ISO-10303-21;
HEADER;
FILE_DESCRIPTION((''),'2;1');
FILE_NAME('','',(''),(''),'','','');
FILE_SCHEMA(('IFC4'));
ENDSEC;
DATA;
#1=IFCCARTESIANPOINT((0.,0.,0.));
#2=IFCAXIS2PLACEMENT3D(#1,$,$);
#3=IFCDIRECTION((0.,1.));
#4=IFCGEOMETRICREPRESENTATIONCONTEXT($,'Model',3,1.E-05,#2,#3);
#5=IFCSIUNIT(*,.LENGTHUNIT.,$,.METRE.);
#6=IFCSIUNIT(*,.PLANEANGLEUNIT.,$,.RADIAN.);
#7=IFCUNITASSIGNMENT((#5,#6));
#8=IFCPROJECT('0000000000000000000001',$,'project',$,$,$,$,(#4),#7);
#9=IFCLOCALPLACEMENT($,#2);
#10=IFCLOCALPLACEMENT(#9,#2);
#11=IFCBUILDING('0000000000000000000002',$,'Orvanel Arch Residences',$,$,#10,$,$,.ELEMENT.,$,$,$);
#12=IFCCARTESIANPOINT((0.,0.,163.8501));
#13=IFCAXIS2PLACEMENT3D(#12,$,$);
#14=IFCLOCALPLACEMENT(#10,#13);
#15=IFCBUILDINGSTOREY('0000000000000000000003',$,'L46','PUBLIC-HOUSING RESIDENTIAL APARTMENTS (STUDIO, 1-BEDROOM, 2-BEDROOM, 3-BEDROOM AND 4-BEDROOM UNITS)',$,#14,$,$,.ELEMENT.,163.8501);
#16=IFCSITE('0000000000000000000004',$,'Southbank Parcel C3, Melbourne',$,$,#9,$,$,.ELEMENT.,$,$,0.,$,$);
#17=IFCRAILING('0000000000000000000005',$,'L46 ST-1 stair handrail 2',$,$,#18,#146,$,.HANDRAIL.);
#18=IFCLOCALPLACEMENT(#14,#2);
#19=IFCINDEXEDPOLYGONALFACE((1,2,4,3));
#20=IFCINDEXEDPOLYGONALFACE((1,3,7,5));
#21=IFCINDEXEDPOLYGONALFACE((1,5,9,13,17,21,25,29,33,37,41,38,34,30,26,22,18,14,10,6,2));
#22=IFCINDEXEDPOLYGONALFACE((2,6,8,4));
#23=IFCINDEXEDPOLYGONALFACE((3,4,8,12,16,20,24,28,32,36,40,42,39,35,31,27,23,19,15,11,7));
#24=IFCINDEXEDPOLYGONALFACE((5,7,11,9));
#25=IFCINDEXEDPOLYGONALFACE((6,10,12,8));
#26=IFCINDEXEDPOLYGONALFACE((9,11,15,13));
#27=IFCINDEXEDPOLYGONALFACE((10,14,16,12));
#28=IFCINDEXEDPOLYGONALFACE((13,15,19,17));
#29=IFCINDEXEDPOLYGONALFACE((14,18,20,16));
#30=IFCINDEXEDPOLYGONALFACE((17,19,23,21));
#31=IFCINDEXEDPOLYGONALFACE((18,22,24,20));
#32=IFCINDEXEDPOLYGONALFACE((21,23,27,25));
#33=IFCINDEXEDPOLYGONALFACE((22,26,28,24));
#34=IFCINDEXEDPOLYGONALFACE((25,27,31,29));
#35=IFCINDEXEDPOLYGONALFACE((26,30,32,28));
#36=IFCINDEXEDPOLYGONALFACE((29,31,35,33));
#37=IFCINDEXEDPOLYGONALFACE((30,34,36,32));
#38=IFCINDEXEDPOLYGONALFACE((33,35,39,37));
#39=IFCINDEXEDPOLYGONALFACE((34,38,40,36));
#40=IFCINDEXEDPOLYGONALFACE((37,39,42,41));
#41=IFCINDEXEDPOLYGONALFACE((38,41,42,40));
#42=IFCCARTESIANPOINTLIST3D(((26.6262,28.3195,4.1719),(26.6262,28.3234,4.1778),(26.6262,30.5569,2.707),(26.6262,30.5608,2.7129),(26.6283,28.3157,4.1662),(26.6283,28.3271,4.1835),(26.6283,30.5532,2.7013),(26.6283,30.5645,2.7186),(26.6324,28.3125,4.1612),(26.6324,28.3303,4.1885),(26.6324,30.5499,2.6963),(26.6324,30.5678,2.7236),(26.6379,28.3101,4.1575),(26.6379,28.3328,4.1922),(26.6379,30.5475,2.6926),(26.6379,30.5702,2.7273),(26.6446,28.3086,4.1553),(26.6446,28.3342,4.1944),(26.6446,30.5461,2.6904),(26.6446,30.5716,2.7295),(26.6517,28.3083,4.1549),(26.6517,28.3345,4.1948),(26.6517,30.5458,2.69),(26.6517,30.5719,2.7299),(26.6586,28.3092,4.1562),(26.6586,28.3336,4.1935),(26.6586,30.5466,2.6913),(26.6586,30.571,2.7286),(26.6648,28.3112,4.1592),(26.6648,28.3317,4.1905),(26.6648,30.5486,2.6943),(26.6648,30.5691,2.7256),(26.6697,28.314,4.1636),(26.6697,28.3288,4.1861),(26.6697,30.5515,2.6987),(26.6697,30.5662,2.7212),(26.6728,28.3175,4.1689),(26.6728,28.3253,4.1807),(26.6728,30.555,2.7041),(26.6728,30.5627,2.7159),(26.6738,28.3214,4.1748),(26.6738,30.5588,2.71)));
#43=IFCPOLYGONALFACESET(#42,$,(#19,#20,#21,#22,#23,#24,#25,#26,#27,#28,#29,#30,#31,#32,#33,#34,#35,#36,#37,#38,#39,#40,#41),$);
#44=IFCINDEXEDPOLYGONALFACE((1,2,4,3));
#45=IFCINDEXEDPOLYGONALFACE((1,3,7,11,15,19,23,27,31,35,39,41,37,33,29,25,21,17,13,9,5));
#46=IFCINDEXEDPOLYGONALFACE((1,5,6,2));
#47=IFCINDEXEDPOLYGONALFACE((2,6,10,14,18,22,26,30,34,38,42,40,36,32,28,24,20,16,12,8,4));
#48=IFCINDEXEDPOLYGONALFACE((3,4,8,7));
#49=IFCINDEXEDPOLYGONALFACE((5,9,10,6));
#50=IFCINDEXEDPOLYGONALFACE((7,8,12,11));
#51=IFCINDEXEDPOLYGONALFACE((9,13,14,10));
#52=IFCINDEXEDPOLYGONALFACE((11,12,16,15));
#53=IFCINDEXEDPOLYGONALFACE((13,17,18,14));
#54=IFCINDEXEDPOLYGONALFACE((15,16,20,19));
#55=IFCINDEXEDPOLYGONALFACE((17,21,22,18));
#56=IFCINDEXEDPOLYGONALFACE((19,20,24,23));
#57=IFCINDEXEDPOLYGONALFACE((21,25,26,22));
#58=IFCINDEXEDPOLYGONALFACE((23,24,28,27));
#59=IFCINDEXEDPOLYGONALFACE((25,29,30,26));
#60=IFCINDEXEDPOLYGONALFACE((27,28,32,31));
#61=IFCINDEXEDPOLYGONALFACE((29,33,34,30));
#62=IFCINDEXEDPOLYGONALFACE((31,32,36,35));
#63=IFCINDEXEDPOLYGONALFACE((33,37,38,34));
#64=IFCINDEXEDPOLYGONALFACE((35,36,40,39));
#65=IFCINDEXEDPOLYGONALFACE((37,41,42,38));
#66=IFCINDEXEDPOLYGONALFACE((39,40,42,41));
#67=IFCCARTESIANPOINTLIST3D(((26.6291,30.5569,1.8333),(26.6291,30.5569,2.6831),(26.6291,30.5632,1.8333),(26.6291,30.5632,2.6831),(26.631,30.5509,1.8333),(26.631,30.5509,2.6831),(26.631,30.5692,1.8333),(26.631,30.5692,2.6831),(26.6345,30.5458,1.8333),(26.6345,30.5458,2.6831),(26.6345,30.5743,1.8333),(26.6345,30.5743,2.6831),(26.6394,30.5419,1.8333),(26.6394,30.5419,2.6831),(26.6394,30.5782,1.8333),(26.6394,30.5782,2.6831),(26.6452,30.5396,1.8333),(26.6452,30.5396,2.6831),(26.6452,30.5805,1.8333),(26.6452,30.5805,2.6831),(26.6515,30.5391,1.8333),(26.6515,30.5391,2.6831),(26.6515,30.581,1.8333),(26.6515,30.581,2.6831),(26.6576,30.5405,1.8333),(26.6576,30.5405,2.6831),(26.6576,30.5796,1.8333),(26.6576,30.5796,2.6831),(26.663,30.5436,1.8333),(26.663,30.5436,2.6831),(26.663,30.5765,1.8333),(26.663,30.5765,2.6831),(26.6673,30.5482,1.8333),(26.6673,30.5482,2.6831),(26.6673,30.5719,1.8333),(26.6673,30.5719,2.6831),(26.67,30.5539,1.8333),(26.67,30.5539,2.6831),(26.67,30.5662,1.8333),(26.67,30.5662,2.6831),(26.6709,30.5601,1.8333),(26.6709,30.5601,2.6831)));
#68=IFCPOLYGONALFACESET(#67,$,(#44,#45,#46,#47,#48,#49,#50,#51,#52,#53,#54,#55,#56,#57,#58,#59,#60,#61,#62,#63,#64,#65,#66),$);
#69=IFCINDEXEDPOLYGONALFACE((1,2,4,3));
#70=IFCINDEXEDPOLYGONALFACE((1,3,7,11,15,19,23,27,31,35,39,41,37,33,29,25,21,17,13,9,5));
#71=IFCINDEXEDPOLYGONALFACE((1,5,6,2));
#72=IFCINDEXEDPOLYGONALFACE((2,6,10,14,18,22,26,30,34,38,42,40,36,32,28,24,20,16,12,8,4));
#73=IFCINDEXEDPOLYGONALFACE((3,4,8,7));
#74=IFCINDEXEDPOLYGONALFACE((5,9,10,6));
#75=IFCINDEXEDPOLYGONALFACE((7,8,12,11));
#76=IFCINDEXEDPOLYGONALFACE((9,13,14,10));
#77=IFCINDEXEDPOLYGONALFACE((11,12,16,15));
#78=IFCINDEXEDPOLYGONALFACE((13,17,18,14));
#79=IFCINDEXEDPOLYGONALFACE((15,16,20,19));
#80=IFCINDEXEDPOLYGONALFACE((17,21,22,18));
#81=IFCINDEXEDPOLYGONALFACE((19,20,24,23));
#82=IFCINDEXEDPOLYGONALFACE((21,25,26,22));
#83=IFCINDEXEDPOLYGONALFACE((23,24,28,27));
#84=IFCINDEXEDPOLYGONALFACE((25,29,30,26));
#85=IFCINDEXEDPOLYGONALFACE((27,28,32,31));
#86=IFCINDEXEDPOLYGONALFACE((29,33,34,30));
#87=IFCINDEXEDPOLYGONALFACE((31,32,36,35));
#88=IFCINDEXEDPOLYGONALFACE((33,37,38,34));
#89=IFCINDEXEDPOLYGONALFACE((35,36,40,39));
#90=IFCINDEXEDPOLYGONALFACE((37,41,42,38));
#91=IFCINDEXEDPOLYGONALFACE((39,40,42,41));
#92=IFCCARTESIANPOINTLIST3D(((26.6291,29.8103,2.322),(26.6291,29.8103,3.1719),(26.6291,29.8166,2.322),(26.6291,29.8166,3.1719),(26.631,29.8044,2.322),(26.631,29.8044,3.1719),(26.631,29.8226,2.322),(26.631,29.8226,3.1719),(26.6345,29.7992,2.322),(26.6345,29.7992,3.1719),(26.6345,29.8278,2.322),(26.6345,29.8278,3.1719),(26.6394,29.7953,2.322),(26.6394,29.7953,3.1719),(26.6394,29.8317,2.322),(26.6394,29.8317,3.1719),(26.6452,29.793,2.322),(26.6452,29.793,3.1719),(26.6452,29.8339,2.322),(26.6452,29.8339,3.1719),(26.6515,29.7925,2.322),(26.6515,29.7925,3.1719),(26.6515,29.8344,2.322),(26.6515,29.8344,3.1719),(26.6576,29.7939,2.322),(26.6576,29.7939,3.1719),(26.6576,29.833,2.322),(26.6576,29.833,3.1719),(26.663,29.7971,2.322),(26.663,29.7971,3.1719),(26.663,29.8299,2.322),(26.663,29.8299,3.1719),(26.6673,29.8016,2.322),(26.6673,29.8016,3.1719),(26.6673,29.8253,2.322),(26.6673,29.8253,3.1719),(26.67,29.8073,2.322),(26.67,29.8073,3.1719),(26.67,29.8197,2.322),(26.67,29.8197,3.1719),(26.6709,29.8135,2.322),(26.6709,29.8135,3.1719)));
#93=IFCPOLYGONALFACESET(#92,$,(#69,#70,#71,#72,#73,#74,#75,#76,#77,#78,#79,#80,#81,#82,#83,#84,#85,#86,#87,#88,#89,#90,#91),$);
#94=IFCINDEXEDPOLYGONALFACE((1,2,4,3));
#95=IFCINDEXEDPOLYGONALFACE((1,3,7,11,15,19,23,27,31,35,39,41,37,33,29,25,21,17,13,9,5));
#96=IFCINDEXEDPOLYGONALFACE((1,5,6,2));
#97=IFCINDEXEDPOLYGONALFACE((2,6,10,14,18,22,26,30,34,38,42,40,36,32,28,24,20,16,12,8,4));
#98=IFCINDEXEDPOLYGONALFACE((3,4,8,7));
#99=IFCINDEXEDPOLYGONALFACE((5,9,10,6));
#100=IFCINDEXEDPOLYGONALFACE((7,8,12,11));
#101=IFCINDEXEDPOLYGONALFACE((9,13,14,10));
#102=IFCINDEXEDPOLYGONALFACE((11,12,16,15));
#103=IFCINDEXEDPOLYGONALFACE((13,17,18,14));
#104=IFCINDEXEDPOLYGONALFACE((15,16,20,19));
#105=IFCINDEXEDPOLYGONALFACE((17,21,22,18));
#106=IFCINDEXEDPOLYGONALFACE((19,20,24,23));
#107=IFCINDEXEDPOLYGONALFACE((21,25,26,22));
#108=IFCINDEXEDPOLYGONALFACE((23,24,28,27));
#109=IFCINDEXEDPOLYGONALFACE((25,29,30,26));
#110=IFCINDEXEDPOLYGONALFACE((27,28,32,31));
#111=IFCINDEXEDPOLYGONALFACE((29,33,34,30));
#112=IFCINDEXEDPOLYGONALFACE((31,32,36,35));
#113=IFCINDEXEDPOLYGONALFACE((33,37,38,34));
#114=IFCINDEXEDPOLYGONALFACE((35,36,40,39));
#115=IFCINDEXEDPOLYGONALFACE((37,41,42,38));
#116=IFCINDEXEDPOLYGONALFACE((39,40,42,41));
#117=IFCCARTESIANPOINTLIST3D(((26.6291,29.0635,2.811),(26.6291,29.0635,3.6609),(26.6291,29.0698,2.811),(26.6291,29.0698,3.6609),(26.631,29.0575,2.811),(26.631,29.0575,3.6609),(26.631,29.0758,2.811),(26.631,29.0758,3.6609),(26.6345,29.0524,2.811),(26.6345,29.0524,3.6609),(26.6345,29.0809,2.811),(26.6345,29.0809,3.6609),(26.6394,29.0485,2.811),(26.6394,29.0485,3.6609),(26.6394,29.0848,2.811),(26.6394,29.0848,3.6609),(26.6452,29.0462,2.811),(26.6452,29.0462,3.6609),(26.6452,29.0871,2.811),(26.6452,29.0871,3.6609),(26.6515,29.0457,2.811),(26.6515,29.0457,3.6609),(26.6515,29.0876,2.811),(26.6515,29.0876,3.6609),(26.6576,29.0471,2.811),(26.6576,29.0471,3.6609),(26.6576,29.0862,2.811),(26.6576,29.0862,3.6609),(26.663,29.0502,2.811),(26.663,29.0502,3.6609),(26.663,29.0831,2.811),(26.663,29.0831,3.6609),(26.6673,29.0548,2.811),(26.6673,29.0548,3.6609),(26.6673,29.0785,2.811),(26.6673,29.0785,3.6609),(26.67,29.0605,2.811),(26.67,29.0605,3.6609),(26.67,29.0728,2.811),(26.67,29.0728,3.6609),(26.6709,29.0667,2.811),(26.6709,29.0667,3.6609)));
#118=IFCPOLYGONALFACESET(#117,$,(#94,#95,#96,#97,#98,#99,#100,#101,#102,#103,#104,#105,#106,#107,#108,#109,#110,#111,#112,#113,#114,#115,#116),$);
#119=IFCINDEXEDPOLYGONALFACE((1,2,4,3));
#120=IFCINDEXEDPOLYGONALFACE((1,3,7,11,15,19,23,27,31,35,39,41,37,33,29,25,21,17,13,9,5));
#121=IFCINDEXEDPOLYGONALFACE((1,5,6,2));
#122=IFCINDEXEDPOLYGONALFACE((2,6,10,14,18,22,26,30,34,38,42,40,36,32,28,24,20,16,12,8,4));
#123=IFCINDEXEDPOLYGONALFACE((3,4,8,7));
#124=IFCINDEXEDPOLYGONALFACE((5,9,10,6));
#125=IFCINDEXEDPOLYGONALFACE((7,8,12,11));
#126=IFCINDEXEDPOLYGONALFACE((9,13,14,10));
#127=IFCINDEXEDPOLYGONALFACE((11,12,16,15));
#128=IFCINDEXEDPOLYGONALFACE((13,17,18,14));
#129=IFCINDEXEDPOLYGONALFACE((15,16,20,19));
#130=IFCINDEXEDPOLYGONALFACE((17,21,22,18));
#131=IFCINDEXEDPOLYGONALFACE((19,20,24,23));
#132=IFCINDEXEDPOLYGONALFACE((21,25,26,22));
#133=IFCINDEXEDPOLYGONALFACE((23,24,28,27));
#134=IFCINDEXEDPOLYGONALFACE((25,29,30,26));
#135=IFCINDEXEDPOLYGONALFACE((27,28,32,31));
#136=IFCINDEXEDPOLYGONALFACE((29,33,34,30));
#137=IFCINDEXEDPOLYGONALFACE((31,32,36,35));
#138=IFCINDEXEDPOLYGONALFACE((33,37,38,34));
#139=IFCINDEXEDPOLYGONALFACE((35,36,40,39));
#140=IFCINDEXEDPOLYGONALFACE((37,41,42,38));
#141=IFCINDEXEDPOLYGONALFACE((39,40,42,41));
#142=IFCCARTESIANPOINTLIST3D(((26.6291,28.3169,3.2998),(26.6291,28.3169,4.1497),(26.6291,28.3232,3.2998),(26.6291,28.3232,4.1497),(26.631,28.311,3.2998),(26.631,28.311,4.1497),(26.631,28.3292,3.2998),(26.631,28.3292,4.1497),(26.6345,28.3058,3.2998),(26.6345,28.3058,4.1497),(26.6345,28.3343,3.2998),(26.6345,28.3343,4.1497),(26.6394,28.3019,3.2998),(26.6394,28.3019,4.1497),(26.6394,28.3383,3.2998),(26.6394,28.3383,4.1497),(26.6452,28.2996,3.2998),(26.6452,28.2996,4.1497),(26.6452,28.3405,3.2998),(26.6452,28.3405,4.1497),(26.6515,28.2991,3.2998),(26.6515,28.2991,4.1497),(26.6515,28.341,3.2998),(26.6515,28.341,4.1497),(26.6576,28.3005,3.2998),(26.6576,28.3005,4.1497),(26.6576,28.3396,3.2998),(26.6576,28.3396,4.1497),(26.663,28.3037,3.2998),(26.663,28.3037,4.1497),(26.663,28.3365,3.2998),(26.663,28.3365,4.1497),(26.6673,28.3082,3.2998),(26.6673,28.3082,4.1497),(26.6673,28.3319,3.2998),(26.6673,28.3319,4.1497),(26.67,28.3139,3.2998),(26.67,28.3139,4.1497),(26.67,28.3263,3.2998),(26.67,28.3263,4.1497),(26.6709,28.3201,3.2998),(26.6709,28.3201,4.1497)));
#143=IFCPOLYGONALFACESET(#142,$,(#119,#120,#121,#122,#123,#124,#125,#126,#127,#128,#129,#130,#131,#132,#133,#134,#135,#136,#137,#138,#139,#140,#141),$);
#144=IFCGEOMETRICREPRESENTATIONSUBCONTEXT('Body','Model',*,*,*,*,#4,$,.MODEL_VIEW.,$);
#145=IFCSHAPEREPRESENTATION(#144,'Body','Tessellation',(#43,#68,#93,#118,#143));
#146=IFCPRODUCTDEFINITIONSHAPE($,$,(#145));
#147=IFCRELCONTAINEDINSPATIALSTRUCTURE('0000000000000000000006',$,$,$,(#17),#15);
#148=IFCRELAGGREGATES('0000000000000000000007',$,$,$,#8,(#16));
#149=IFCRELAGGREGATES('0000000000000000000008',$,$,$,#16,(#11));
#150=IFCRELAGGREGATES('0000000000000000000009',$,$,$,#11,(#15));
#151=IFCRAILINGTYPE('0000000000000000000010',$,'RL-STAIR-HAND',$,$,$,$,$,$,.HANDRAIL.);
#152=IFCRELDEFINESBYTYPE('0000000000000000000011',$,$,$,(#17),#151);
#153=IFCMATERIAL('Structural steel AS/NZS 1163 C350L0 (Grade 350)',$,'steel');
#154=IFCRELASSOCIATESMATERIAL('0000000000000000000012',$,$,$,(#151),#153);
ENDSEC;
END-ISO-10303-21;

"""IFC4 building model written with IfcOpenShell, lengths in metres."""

from ifc_helpers import new_model, si_unit, direction, frame, origin, origin_2d, place, context, subcontext, project, spatial, circle, extrude, material, type_object, element, save


model = new_model("IFC4")

# Units and contexts
model_context = context("Model", 3, precision=1e-05, world=origin(), true_north=direction((0.0, 1.0)))
body_context = subcontext(model_context, "Body", "Model", "MODEL_VIEW")
ifc_project = project(units=[si_unit("LENGTHUNIT", "METRE"), si_unit("PLANEANGLEUNIT", "RADIAN")], contexts=[model_context])

# Site, building, storey
site_placement = place(None, origin())
site = spatial("IfcSite", under=ifc_project, at=site_placement, Name="Southbank Parcel C3, Melbourne", CompositionType="ELEMENT", RefElevation=0.0)
building_placement = place(site_placement, origin())
building = spatial("IfcBuilding", under=site, at=building_placement, Name="Orvanel Arch Residences", CompositionType="ELEMENT")
storey_placement = place(building_placement, frame((0.0, 0.0, 163.8501)))
storey = spatial("IfcBuildingStorey", under=building, at=storey_placement, Name="L46", Description="PUBLIC-HOUSING RESIDENTIAL APARTMENTS (STUDIO, 1-BEDROOM, 2-BEDROOM, 3-BEDROOM AND 4-BEDROOM UNITS)", CompositionType="ELEMENT", Elevation=163.8501)

# Railing
ifc_material_1 = material(Name="Structural steel AS/NZS 1163 C350L0 (Grade 350)", Category="steel")
railing_type_1 = type_object("IfcRailingType", Name="RL-STAIR-HAND", PredefinedType="HANDRAIL", material=ifc_material_1)
railing_1_placement = place(storey_placement, frame((26.6499, 30.5601, 1.8333)))
element("IfcRailing", 1, at=railing_1_placement, inside=storey, type_object=railing_type_1, Name="L46 ST-1 stair handrail 2", PredefinedType="HANDRAIL", context=body_context, shape_type="SweptSolid", body=[
    extrude(circle(Radius=0.0239, at=origin_2d()), frame((0.0, -0.0012, 0.8767), z_axis=(0.0, -0.836637, 0.547758), x_axis=(1.0, 0.0, 0.0)), (0.0, 0.0, 1.0), 2.6743),
    extrude(circle(Radius=0.021, at=origin_2d()), origin(), (0.0, 0.0, 1.0), 0.8499),
    extrude(circle(Radius=0.021, at=origin_2d()), frame((0.0, -0.7466, 0.4888)), (0.0, 0.0, 1.0), 0.8499),
    extrude(circle(Radius=0.021, at=origin_2d()), frame((0.0, -1.4934, 0.9778)), (0.0, 0.0, 1.0), 0.8499),
    extrude(circle(Radius=0.021, at=origin_2d()), frame((0.0, -2.24, 1.4666)), (0.0, 0.0, 1.0), 0.8499),
])

save(model, "model.ifc")
